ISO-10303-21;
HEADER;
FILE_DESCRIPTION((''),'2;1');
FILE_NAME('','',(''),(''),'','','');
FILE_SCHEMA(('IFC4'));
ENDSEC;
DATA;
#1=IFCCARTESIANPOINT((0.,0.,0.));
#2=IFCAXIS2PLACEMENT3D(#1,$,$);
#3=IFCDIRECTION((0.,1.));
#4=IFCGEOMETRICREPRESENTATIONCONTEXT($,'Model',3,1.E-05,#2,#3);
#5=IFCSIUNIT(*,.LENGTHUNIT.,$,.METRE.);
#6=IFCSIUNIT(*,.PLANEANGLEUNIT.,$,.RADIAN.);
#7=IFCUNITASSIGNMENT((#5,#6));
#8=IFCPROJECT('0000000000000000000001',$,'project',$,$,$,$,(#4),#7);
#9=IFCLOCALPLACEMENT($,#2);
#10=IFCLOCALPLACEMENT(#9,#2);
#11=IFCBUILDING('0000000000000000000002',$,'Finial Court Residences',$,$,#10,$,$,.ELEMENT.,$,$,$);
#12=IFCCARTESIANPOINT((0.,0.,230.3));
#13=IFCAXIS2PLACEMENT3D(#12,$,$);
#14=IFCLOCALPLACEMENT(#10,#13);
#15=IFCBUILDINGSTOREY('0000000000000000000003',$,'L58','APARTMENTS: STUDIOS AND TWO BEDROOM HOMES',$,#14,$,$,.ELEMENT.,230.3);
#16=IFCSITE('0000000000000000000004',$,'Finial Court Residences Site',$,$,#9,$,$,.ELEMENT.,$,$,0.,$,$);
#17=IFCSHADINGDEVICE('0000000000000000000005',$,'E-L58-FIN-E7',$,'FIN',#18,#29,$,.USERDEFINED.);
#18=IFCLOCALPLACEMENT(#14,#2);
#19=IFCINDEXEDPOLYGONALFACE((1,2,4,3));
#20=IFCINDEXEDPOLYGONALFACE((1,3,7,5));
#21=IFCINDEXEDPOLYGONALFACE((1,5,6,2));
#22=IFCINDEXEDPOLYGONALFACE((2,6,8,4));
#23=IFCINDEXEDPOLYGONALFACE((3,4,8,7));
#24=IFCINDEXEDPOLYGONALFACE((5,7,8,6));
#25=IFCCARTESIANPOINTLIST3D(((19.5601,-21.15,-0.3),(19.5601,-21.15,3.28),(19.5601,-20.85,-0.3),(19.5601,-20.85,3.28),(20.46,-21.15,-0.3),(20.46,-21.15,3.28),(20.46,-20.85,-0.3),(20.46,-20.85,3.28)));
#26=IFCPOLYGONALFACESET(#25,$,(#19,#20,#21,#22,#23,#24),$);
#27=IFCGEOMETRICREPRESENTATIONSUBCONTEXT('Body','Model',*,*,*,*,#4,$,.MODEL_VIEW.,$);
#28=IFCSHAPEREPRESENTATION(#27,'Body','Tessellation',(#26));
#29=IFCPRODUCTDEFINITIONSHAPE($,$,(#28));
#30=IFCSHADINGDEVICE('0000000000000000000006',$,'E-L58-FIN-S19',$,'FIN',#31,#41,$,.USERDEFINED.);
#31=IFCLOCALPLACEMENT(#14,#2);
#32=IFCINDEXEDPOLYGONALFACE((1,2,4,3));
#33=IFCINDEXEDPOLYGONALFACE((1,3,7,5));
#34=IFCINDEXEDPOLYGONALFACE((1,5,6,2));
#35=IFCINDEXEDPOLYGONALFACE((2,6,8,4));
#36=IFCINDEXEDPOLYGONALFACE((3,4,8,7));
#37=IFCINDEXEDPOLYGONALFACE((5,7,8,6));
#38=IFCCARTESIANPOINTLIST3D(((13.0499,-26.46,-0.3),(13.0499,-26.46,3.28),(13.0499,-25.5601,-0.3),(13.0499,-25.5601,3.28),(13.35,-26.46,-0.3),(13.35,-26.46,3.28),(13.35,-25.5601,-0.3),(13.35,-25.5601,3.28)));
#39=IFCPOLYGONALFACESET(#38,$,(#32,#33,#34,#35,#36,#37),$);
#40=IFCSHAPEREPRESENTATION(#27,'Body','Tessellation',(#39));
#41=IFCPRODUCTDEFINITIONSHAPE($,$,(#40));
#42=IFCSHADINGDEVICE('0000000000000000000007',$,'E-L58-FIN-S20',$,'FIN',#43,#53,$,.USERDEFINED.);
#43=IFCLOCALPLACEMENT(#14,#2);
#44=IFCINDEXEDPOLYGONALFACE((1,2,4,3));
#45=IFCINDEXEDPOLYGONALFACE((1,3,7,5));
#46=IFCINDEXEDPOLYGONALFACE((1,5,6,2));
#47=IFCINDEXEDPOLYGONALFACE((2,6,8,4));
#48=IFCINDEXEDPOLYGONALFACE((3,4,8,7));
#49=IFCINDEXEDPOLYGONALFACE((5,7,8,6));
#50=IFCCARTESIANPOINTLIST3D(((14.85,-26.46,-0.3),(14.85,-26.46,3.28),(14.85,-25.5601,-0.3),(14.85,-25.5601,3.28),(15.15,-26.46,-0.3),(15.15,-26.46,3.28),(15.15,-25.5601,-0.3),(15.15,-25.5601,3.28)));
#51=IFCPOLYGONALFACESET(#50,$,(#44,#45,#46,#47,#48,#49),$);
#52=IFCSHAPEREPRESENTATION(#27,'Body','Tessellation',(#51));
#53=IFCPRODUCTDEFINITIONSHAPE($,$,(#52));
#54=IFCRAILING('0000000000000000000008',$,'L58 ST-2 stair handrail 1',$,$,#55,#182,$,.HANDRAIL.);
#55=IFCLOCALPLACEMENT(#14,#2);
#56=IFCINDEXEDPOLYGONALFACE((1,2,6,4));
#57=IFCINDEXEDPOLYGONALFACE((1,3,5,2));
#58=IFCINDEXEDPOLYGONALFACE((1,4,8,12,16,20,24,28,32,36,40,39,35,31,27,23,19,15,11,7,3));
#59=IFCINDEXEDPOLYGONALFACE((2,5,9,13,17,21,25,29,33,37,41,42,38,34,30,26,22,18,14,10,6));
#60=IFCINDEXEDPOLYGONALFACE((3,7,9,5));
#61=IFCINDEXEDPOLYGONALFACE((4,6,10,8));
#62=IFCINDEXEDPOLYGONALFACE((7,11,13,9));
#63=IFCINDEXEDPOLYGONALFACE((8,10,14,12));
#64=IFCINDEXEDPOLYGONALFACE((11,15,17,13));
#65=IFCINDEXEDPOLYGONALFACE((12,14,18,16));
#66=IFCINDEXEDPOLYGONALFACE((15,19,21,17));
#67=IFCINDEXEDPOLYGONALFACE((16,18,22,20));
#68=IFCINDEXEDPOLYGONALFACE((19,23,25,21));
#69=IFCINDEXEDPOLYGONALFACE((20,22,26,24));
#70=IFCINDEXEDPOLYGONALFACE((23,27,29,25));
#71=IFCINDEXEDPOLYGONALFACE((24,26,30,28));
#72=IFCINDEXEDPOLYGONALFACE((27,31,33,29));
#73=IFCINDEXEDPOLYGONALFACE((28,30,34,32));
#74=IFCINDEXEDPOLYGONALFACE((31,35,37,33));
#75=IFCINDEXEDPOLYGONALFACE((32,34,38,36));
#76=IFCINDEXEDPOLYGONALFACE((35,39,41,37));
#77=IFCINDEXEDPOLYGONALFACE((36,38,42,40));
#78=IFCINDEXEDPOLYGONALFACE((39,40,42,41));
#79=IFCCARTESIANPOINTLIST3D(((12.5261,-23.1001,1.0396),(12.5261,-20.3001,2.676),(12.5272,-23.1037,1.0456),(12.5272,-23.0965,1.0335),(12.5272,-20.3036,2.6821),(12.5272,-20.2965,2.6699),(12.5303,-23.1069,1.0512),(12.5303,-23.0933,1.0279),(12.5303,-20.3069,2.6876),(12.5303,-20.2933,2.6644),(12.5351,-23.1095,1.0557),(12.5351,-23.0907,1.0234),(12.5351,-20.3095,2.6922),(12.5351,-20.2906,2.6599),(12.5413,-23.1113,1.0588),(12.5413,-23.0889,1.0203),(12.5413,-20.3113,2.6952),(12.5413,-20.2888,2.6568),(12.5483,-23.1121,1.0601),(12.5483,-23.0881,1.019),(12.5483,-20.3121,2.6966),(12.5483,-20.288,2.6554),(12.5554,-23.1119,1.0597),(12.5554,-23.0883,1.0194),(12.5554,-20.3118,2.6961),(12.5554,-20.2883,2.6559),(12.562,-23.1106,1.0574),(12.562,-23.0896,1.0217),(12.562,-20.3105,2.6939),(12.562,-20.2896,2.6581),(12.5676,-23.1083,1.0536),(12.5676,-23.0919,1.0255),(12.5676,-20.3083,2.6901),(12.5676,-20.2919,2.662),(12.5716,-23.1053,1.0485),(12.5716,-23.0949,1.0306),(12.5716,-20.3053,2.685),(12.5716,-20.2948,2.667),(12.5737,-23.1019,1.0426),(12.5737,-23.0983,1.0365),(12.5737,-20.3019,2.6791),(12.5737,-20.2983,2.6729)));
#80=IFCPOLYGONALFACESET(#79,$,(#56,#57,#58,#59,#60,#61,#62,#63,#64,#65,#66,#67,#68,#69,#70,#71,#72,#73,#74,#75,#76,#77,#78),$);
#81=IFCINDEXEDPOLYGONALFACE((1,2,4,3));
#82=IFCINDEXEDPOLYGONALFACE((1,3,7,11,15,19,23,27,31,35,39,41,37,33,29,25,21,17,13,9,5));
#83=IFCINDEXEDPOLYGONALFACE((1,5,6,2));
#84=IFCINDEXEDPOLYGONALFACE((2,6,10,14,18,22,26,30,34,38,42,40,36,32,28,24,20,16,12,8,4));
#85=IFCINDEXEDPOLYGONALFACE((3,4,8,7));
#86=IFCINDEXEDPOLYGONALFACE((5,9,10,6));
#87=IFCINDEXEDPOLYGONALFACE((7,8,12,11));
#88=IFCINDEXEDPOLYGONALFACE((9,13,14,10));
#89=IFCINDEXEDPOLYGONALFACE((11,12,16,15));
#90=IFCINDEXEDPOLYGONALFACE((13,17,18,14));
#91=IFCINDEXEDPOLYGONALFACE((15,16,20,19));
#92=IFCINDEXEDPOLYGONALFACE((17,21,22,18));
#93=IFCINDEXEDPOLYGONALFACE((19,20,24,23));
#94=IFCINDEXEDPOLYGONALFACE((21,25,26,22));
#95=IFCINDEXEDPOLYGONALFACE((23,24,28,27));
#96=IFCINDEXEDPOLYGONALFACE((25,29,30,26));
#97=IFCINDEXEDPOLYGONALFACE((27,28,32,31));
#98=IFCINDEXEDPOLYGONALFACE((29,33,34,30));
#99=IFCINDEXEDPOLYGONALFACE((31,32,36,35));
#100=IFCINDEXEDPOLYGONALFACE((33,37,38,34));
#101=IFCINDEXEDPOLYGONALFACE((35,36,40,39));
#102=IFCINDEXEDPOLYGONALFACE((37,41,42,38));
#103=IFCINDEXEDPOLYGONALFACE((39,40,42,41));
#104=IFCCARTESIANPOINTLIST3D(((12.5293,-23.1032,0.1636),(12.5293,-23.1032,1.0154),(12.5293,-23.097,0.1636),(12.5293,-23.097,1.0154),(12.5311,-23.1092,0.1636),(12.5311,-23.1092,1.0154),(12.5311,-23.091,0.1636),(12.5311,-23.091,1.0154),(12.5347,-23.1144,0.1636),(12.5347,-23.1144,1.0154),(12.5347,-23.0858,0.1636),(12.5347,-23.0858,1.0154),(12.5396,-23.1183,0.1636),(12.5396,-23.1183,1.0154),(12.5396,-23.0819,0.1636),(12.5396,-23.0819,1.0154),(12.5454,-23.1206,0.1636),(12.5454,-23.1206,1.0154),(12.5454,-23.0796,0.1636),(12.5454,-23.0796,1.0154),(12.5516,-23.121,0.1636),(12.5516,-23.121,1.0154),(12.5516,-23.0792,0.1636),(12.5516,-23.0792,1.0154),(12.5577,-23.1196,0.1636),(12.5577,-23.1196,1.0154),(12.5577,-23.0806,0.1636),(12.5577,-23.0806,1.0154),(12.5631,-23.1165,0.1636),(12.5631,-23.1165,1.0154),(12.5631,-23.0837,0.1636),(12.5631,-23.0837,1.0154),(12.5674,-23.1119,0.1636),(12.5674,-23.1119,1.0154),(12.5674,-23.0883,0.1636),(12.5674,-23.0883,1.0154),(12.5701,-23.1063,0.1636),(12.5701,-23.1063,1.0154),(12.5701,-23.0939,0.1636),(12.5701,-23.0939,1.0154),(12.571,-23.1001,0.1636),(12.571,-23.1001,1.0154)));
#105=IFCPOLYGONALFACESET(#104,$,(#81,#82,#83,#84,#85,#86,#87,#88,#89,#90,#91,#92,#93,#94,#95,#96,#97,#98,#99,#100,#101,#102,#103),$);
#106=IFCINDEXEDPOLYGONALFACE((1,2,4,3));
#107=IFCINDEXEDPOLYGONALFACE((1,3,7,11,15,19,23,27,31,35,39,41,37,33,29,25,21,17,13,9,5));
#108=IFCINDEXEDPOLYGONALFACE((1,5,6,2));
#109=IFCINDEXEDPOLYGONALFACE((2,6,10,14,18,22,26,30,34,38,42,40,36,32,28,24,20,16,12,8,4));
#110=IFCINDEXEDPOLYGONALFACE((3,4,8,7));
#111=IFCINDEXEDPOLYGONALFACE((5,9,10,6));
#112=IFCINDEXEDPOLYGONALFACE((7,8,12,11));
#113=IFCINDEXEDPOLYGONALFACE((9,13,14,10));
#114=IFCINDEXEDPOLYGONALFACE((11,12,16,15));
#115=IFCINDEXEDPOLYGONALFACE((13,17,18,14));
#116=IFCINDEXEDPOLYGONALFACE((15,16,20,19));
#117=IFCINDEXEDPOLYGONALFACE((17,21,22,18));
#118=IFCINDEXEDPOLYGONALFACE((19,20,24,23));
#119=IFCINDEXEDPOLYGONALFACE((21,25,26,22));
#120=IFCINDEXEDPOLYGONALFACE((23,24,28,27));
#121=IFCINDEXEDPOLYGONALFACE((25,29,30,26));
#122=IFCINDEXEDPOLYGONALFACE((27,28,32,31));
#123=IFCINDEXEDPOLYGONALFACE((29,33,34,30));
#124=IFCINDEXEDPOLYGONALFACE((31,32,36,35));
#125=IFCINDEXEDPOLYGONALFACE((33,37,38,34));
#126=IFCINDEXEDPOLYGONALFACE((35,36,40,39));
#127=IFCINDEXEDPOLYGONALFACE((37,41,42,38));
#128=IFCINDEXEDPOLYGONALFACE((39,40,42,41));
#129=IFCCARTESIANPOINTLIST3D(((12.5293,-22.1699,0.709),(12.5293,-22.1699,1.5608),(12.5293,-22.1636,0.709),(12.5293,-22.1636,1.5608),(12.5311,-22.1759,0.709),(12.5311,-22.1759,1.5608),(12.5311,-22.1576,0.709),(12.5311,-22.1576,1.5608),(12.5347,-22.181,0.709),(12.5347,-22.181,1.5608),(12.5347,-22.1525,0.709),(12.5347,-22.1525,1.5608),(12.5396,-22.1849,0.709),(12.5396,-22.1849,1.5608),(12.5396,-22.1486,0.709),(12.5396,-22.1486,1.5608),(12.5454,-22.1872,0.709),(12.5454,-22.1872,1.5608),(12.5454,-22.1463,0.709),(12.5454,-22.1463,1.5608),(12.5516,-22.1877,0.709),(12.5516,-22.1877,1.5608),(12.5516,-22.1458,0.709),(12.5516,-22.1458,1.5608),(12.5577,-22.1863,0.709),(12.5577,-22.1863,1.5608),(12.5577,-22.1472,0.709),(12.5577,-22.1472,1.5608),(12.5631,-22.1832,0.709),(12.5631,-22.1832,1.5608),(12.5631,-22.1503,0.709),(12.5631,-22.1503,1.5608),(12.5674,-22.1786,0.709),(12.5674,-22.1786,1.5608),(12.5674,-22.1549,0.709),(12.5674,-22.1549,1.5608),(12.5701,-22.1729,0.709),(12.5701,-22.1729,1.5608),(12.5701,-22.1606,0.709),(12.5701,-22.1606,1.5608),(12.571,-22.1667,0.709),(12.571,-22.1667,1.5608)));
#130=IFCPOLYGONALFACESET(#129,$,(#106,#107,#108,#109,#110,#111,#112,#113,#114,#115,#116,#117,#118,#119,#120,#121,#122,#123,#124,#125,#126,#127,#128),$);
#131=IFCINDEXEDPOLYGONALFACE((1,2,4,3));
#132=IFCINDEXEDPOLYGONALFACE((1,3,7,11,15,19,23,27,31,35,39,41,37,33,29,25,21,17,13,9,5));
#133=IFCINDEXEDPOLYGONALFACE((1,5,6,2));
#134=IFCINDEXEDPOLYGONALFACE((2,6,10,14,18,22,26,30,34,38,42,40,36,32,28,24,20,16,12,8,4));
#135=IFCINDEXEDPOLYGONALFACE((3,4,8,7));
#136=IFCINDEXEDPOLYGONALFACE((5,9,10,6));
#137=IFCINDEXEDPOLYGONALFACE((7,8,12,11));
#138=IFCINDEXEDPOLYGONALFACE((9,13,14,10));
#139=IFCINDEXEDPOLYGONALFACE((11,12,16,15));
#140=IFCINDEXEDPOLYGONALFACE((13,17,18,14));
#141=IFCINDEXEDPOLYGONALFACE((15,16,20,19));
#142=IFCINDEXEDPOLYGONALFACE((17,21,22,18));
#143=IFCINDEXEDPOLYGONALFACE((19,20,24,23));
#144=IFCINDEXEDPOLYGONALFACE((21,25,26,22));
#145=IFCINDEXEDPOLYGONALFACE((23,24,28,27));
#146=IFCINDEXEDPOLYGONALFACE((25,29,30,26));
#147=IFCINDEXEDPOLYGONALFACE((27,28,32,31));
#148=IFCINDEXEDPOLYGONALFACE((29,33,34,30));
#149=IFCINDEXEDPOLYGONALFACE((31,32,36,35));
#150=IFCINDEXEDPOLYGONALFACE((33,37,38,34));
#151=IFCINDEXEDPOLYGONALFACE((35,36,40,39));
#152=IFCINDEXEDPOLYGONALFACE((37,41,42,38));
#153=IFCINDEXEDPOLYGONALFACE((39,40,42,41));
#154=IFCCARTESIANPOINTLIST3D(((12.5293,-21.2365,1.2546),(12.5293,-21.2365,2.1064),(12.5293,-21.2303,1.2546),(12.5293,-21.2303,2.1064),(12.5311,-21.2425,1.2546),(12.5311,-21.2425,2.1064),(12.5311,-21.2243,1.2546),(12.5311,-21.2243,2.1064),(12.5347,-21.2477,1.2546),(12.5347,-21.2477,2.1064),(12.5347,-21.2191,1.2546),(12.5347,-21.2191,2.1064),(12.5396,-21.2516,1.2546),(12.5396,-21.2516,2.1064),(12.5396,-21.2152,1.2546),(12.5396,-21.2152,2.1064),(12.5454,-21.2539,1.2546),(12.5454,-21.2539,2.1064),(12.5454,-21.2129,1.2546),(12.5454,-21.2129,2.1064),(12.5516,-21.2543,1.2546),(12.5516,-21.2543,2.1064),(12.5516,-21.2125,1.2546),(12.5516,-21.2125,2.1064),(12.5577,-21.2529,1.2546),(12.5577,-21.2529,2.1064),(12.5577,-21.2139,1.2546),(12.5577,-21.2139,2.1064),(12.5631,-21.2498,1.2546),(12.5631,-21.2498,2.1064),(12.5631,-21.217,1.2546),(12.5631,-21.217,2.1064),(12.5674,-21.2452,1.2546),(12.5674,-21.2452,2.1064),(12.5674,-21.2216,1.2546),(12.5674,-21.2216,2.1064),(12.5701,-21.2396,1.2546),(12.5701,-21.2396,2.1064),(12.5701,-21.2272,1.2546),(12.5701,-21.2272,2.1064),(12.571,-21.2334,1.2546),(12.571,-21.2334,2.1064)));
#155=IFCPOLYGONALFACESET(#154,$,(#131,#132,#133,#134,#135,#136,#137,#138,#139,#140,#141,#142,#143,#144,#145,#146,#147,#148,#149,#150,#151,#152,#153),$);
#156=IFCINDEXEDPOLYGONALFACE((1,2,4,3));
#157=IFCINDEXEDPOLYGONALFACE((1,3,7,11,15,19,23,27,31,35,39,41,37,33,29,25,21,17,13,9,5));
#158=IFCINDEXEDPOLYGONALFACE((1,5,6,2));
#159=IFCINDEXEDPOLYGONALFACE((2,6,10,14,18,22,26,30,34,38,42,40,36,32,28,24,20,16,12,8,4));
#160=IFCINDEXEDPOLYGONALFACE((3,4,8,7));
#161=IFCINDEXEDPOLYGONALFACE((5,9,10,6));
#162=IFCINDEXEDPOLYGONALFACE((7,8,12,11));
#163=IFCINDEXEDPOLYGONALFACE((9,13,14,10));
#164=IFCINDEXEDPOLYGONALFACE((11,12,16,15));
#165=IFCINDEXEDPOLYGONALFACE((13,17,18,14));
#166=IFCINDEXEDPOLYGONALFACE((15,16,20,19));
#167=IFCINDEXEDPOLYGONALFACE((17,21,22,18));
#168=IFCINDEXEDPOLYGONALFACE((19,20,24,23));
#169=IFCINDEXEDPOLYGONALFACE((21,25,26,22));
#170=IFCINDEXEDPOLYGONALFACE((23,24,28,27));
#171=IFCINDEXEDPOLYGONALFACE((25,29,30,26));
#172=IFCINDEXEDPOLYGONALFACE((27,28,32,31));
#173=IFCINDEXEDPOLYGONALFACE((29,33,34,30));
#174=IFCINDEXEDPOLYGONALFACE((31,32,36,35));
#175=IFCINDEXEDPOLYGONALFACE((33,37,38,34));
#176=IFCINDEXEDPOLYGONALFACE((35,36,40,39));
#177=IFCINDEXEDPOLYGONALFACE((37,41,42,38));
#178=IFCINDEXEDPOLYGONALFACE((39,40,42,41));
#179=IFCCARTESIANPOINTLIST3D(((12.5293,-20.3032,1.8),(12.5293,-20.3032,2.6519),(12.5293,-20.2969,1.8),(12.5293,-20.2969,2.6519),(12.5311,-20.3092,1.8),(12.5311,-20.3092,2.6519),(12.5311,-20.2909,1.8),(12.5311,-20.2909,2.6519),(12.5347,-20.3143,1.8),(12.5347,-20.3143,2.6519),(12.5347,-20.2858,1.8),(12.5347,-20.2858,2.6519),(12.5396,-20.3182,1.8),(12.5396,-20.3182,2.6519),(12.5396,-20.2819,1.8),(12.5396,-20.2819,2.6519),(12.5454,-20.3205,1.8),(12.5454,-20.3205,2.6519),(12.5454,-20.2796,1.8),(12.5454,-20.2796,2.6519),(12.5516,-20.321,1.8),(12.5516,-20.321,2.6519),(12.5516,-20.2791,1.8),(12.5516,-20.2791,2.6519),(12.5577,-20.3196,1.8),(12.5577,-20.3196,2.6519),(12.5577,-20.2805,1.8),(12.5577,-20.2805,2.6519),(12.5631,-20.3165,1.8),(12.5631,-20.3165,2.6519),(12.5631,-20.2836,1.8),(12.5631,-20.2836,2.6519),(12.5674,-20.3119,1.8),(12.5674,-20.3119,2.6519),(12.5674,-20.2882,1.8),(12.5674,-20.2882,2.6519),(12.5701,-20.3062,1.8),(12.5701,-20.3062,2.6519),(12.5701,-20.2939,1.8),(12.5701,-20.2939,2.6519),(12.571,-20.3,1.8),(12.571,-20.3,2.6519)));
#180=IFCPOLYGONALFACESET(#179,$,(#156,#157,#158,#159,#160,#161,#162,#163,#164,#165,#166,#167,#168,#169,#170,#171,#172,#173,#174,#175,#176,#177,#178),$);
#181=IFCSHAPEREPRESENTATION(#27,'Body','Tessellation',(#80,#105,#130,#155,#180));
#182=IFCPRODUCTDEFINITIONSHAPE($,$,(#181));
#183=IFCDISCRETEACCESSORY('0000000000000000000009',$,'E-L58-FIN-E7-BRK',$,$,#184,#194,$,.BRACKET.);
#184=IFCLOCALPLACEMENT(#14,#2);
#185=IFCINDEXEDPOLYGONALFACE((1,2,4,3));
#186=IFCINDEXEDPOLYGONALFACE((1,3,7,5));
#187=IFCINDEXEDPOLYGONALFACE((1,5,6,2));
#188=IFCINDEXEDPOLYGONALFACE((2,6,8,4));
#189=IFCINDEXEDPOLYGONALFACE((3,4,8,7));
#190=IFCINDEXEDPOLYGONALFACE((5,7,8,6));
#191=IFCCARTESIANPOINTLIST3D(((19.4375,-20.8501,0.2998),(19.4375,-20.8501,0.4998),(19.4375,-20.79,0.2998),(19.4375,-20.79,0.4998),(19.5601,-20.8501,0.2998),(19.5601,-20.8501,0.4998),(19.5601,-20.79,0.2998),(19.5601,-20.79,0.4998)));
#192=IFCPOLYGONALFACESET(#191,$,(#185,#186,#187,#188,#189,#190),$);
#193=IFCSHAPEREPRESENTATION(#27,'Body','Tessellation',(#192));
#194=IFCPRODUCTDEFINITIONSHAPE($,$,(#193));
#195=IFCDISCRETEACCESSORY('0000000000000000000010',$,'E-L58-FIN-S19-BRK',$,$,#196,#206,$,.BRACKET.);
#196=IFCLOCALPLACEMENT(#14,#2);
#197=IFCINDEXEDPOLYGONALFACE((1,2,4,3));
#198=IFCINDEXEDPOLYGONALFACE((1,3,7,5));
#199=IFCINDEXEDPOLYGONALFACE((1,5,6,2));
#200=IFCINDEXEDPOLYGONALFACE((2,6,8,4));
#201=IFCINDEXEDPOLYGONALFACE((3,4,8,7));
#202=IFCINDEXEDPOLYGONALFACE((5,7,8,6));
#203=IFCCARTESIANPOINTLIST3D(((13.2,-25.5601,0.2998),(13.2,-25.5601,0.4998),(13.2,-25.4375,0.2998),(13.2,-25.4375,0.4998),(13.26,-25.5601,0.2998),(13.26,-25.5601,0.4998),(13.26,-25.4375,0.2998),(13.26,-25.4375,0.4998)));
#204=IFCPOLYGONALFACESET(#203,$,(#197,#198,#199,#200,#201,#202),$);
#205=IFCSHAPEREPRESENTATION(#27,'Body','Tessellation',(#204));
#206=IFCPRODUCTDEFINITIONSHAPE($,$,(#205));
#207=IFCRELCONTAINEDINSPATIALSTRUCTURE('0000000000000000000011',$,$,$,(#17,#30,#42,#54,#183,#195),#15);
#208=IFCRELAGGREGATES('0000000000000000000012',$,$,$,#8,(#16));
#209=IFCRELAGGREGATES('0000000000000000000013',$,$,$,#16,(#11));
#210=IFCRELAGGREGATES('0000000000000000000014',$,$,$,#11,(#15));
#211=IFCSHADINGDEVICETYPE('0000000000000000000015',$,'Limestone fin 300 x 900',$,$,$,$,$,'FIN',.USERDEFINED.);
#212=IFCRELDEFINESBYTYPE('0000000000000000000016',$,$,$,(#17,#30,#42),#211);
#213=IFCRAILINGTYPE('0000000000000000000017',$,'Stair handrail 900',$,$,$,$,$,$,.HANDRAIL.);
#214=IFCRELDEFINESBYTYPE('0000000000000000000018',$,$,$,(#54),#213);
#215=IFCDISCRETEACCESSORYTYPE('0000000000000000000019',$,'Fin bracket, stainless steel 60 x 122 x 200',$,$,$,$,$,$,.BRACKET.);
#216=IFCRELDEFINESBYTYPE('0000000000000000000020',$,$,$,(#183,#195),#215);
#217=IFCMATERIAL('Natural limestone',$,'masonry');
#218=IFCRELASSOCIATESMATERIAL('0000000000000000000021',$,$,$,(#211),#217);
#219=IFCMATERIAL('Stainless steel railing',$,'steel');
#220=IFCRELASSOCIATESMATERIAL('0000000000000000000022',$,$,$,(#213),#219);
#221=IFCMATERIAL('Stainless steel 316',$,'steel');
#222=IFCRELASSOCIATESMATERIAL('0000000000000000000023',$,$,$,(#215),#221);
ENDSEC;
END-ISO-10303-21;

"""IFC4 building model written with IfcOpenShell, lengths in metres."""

from ifc_helpers import new_model, si_unit, direction, frame, origin, origin_2d, place, context, subcontext, project, spatial, rectangle, circle, extrude, material, type_object, element, save


model = new_model("IFC4")

# Units and contexts
model_context = context("Model", 3, precision=1e-05, world=origin(), true_north=direction((0.0, 1.0)))
body_context = subcontext(model_context, "Body", "Model", "MODEL_VIEW")
ifc_project = project(units=[si_unit("LENGTHUNIT", "METRE"), si_unit("PLANEANGLEUNIT", "RADIAN")], contexts=[model_context])

# Site, building, storey
site_placement = place(None, origin())
site = spatial("IfcSite", under=ifc_project, at=site_placement, Name="Finial Court Residences Site", CompositionType="ELEMENT", RefElevation=0.0)
building_placement = place(site_placement, origin())
building = spatial("IfcBuilding", under=site, at=building_placement, Name="Finial Court Residences", CompositionType="ELEMENT")
storey_placement = place(building_placement, frame((0.0, 0.0, 230.3)))
storey = spatial("IfcBuildingStorey", under=building, at=storey_placement, Name="L58", Description="APARTMENTS: STUDIOS AND TWO BEDROOM HOMES", CompositionType="ELEMENT", Elevation=230.3)

# Shared definitions
ifc_material_1 = material(Name="Natural limestone", Category="masonry")

# Shading devices
shading_device_type = type_object("IfcShadingDeviceType", Name="Limestone fin 300 x 900", ElementType="FIN", PredefinedType="USERDEFINED", material=ifc_material_1)
shading_device_placement = place(storey_placement, frame((20.01, -21.0, -0.3), z_axis=(0.0, 0.0, 1.0), x_axis=(1.0, 0.0, 0.0)))
element("IfcShadingDevice", 1, at=shading_device_placement, inside=storey, type_object=shading_device_type, Name="E-L58-FIN-E7", ObjectType="FIN", PredefinedType="USERDEFINED", context=body_context, shape_type="SweptSolid", body=[
    extrude(rectangle(XDim=0.8999, YDim=0.3, at=origin_2d()), origin(), (0.0, 0.0, 1.0), 3.5801),
])
for number, where, z_axis, x_axis, name in (
    (2, (13.2, -26.01, -0.3), (0.0, 0.0, 1.0), (1.0, 0.0, 0.0), "E-L58-FIN-S19"),
    (3, (15.0, -26.01, -0.3), (0.0, 0.0, 1.0), (1.0, 0.0, 0.0), "E-L58-FIN-S20"),
):
    element("IfcShadingDevice", number, at=place(storey_placement, frame(where, z_axis=z_axis, x_axis=x_axis)), inside=storey, type_object=shading_device_type, Name=name, ObjectType="FIN", PredefinedType="USERDEFINED", context=body_context, shape_type="SweptSolid", body=[
        extrude(rectangle(XDim=0.3, YDim=0.8999, at=origin_2d()), origin(), (0.0, 0.0, 1.0), 3.5801),
    ])

# Railing
ifc_material_2 = material(Name="Stainless steel railing", Category="steel")
railing_type = type_object("IfcRailingType", Name="Stair handrail 900", PredefinedType="HANDRAIL", material=ifc_material_2)
railing_placement = place(storey_placement, frame((12.55, -23.1001, 0.1636)))
element("IfcRailing", 4, at=railing_placement, inside=storey, type_object=railing_type, Name="L58 ST-2 stair handrail 1", PredefinedType="HANDRAIL", context=body_context, shape_type="SweptSolid", body=[
    extrude(circle(Radius=0.0239, at=origin_2d()), frame((0.0, 0.0, 0.876), z_axis=(0.0, 0.863361, 0.504587), x_axis=(-1.0, 0.0, 0.0)), (0.0, 0.0, 1.0), 3.2432),
    extrude(circle(Radius=0.021, at=origin_2d()), origin(), (0.0, 0.0, 1.0), 0.8518),
    extrude(circle(Radius=0.021, at=origin_2d()), frame((0.0, 0.9333, 0.5454)), (0.0, 0.0, 1.0), 0.8518),
    extrude(circle(Radius=0.021, at=origin_2d()), frame((0.0, 1.8667, 1.0911)), (0.0, 0.0, 1.0), 0.8518),
    extrude(circle(Radius=0.021, at=origin_2d()), frame((0.0, 2.8, 1.6365)), (0.0, 0.0, 1.0), 0.8518),
])

# Discrete accessories
ifc_material_3 = material(Name="Stainless steel 316", Category="steel")
discrete_accessory_type = type_object("IfcDiscreteAccessoryType", Name="Fin bracket, stainless steel 60 x 122 x 200", PredefinedType="BRACKET", material=ifc_material_3)
discrete_accessory_placement = place(storey_placement, frame((19.4988, -20.8201, 0.2998), z_axis=(0.0, 0.0, 1.0), x_axis=(1.0, 0.0, 0.0)))
element("IfcDiscreteAccessory", 5, at=discrete_accessory_placement, inside=storey, type_object=discrete_accessory_type, Name="E-L58-FIN-E7-BRK", PredefinedType="BRACKET", context=body_context, shape_type="SweptSolid", body=[
    extrude(rectangle(XDim=0.1226, YDim=0.0601, at=origin_2d()), origin(), (0.0, 0.0, 1.0), 0.2),
])
for number, where, z_axis, x_axis, name in (
    (6, (13.23, -25.4988, 0.2998), (0.0, 0.0, 1.0), (1.0, 0.0, 0.0), "E-L58-FIN-S19-BRK"),
):
    element("IfcDiscreteAccessory", number, at=place(storey_placement, frame(where, z_axis=z_axis, x_axis=x_axis)), inside=storey, type_object=discrete_accessory_type, Name=name, PredefinedType="BRACKET", context=body_context, shape_type="SweptSolid", body=[
        extrude(rectangle(XDim=0.0601, YDim=0.1226, at=origin_2d()), origin(), (0.0, 0.0, 1.0), 0.2),
    ])

save(model, "model.ifc")
